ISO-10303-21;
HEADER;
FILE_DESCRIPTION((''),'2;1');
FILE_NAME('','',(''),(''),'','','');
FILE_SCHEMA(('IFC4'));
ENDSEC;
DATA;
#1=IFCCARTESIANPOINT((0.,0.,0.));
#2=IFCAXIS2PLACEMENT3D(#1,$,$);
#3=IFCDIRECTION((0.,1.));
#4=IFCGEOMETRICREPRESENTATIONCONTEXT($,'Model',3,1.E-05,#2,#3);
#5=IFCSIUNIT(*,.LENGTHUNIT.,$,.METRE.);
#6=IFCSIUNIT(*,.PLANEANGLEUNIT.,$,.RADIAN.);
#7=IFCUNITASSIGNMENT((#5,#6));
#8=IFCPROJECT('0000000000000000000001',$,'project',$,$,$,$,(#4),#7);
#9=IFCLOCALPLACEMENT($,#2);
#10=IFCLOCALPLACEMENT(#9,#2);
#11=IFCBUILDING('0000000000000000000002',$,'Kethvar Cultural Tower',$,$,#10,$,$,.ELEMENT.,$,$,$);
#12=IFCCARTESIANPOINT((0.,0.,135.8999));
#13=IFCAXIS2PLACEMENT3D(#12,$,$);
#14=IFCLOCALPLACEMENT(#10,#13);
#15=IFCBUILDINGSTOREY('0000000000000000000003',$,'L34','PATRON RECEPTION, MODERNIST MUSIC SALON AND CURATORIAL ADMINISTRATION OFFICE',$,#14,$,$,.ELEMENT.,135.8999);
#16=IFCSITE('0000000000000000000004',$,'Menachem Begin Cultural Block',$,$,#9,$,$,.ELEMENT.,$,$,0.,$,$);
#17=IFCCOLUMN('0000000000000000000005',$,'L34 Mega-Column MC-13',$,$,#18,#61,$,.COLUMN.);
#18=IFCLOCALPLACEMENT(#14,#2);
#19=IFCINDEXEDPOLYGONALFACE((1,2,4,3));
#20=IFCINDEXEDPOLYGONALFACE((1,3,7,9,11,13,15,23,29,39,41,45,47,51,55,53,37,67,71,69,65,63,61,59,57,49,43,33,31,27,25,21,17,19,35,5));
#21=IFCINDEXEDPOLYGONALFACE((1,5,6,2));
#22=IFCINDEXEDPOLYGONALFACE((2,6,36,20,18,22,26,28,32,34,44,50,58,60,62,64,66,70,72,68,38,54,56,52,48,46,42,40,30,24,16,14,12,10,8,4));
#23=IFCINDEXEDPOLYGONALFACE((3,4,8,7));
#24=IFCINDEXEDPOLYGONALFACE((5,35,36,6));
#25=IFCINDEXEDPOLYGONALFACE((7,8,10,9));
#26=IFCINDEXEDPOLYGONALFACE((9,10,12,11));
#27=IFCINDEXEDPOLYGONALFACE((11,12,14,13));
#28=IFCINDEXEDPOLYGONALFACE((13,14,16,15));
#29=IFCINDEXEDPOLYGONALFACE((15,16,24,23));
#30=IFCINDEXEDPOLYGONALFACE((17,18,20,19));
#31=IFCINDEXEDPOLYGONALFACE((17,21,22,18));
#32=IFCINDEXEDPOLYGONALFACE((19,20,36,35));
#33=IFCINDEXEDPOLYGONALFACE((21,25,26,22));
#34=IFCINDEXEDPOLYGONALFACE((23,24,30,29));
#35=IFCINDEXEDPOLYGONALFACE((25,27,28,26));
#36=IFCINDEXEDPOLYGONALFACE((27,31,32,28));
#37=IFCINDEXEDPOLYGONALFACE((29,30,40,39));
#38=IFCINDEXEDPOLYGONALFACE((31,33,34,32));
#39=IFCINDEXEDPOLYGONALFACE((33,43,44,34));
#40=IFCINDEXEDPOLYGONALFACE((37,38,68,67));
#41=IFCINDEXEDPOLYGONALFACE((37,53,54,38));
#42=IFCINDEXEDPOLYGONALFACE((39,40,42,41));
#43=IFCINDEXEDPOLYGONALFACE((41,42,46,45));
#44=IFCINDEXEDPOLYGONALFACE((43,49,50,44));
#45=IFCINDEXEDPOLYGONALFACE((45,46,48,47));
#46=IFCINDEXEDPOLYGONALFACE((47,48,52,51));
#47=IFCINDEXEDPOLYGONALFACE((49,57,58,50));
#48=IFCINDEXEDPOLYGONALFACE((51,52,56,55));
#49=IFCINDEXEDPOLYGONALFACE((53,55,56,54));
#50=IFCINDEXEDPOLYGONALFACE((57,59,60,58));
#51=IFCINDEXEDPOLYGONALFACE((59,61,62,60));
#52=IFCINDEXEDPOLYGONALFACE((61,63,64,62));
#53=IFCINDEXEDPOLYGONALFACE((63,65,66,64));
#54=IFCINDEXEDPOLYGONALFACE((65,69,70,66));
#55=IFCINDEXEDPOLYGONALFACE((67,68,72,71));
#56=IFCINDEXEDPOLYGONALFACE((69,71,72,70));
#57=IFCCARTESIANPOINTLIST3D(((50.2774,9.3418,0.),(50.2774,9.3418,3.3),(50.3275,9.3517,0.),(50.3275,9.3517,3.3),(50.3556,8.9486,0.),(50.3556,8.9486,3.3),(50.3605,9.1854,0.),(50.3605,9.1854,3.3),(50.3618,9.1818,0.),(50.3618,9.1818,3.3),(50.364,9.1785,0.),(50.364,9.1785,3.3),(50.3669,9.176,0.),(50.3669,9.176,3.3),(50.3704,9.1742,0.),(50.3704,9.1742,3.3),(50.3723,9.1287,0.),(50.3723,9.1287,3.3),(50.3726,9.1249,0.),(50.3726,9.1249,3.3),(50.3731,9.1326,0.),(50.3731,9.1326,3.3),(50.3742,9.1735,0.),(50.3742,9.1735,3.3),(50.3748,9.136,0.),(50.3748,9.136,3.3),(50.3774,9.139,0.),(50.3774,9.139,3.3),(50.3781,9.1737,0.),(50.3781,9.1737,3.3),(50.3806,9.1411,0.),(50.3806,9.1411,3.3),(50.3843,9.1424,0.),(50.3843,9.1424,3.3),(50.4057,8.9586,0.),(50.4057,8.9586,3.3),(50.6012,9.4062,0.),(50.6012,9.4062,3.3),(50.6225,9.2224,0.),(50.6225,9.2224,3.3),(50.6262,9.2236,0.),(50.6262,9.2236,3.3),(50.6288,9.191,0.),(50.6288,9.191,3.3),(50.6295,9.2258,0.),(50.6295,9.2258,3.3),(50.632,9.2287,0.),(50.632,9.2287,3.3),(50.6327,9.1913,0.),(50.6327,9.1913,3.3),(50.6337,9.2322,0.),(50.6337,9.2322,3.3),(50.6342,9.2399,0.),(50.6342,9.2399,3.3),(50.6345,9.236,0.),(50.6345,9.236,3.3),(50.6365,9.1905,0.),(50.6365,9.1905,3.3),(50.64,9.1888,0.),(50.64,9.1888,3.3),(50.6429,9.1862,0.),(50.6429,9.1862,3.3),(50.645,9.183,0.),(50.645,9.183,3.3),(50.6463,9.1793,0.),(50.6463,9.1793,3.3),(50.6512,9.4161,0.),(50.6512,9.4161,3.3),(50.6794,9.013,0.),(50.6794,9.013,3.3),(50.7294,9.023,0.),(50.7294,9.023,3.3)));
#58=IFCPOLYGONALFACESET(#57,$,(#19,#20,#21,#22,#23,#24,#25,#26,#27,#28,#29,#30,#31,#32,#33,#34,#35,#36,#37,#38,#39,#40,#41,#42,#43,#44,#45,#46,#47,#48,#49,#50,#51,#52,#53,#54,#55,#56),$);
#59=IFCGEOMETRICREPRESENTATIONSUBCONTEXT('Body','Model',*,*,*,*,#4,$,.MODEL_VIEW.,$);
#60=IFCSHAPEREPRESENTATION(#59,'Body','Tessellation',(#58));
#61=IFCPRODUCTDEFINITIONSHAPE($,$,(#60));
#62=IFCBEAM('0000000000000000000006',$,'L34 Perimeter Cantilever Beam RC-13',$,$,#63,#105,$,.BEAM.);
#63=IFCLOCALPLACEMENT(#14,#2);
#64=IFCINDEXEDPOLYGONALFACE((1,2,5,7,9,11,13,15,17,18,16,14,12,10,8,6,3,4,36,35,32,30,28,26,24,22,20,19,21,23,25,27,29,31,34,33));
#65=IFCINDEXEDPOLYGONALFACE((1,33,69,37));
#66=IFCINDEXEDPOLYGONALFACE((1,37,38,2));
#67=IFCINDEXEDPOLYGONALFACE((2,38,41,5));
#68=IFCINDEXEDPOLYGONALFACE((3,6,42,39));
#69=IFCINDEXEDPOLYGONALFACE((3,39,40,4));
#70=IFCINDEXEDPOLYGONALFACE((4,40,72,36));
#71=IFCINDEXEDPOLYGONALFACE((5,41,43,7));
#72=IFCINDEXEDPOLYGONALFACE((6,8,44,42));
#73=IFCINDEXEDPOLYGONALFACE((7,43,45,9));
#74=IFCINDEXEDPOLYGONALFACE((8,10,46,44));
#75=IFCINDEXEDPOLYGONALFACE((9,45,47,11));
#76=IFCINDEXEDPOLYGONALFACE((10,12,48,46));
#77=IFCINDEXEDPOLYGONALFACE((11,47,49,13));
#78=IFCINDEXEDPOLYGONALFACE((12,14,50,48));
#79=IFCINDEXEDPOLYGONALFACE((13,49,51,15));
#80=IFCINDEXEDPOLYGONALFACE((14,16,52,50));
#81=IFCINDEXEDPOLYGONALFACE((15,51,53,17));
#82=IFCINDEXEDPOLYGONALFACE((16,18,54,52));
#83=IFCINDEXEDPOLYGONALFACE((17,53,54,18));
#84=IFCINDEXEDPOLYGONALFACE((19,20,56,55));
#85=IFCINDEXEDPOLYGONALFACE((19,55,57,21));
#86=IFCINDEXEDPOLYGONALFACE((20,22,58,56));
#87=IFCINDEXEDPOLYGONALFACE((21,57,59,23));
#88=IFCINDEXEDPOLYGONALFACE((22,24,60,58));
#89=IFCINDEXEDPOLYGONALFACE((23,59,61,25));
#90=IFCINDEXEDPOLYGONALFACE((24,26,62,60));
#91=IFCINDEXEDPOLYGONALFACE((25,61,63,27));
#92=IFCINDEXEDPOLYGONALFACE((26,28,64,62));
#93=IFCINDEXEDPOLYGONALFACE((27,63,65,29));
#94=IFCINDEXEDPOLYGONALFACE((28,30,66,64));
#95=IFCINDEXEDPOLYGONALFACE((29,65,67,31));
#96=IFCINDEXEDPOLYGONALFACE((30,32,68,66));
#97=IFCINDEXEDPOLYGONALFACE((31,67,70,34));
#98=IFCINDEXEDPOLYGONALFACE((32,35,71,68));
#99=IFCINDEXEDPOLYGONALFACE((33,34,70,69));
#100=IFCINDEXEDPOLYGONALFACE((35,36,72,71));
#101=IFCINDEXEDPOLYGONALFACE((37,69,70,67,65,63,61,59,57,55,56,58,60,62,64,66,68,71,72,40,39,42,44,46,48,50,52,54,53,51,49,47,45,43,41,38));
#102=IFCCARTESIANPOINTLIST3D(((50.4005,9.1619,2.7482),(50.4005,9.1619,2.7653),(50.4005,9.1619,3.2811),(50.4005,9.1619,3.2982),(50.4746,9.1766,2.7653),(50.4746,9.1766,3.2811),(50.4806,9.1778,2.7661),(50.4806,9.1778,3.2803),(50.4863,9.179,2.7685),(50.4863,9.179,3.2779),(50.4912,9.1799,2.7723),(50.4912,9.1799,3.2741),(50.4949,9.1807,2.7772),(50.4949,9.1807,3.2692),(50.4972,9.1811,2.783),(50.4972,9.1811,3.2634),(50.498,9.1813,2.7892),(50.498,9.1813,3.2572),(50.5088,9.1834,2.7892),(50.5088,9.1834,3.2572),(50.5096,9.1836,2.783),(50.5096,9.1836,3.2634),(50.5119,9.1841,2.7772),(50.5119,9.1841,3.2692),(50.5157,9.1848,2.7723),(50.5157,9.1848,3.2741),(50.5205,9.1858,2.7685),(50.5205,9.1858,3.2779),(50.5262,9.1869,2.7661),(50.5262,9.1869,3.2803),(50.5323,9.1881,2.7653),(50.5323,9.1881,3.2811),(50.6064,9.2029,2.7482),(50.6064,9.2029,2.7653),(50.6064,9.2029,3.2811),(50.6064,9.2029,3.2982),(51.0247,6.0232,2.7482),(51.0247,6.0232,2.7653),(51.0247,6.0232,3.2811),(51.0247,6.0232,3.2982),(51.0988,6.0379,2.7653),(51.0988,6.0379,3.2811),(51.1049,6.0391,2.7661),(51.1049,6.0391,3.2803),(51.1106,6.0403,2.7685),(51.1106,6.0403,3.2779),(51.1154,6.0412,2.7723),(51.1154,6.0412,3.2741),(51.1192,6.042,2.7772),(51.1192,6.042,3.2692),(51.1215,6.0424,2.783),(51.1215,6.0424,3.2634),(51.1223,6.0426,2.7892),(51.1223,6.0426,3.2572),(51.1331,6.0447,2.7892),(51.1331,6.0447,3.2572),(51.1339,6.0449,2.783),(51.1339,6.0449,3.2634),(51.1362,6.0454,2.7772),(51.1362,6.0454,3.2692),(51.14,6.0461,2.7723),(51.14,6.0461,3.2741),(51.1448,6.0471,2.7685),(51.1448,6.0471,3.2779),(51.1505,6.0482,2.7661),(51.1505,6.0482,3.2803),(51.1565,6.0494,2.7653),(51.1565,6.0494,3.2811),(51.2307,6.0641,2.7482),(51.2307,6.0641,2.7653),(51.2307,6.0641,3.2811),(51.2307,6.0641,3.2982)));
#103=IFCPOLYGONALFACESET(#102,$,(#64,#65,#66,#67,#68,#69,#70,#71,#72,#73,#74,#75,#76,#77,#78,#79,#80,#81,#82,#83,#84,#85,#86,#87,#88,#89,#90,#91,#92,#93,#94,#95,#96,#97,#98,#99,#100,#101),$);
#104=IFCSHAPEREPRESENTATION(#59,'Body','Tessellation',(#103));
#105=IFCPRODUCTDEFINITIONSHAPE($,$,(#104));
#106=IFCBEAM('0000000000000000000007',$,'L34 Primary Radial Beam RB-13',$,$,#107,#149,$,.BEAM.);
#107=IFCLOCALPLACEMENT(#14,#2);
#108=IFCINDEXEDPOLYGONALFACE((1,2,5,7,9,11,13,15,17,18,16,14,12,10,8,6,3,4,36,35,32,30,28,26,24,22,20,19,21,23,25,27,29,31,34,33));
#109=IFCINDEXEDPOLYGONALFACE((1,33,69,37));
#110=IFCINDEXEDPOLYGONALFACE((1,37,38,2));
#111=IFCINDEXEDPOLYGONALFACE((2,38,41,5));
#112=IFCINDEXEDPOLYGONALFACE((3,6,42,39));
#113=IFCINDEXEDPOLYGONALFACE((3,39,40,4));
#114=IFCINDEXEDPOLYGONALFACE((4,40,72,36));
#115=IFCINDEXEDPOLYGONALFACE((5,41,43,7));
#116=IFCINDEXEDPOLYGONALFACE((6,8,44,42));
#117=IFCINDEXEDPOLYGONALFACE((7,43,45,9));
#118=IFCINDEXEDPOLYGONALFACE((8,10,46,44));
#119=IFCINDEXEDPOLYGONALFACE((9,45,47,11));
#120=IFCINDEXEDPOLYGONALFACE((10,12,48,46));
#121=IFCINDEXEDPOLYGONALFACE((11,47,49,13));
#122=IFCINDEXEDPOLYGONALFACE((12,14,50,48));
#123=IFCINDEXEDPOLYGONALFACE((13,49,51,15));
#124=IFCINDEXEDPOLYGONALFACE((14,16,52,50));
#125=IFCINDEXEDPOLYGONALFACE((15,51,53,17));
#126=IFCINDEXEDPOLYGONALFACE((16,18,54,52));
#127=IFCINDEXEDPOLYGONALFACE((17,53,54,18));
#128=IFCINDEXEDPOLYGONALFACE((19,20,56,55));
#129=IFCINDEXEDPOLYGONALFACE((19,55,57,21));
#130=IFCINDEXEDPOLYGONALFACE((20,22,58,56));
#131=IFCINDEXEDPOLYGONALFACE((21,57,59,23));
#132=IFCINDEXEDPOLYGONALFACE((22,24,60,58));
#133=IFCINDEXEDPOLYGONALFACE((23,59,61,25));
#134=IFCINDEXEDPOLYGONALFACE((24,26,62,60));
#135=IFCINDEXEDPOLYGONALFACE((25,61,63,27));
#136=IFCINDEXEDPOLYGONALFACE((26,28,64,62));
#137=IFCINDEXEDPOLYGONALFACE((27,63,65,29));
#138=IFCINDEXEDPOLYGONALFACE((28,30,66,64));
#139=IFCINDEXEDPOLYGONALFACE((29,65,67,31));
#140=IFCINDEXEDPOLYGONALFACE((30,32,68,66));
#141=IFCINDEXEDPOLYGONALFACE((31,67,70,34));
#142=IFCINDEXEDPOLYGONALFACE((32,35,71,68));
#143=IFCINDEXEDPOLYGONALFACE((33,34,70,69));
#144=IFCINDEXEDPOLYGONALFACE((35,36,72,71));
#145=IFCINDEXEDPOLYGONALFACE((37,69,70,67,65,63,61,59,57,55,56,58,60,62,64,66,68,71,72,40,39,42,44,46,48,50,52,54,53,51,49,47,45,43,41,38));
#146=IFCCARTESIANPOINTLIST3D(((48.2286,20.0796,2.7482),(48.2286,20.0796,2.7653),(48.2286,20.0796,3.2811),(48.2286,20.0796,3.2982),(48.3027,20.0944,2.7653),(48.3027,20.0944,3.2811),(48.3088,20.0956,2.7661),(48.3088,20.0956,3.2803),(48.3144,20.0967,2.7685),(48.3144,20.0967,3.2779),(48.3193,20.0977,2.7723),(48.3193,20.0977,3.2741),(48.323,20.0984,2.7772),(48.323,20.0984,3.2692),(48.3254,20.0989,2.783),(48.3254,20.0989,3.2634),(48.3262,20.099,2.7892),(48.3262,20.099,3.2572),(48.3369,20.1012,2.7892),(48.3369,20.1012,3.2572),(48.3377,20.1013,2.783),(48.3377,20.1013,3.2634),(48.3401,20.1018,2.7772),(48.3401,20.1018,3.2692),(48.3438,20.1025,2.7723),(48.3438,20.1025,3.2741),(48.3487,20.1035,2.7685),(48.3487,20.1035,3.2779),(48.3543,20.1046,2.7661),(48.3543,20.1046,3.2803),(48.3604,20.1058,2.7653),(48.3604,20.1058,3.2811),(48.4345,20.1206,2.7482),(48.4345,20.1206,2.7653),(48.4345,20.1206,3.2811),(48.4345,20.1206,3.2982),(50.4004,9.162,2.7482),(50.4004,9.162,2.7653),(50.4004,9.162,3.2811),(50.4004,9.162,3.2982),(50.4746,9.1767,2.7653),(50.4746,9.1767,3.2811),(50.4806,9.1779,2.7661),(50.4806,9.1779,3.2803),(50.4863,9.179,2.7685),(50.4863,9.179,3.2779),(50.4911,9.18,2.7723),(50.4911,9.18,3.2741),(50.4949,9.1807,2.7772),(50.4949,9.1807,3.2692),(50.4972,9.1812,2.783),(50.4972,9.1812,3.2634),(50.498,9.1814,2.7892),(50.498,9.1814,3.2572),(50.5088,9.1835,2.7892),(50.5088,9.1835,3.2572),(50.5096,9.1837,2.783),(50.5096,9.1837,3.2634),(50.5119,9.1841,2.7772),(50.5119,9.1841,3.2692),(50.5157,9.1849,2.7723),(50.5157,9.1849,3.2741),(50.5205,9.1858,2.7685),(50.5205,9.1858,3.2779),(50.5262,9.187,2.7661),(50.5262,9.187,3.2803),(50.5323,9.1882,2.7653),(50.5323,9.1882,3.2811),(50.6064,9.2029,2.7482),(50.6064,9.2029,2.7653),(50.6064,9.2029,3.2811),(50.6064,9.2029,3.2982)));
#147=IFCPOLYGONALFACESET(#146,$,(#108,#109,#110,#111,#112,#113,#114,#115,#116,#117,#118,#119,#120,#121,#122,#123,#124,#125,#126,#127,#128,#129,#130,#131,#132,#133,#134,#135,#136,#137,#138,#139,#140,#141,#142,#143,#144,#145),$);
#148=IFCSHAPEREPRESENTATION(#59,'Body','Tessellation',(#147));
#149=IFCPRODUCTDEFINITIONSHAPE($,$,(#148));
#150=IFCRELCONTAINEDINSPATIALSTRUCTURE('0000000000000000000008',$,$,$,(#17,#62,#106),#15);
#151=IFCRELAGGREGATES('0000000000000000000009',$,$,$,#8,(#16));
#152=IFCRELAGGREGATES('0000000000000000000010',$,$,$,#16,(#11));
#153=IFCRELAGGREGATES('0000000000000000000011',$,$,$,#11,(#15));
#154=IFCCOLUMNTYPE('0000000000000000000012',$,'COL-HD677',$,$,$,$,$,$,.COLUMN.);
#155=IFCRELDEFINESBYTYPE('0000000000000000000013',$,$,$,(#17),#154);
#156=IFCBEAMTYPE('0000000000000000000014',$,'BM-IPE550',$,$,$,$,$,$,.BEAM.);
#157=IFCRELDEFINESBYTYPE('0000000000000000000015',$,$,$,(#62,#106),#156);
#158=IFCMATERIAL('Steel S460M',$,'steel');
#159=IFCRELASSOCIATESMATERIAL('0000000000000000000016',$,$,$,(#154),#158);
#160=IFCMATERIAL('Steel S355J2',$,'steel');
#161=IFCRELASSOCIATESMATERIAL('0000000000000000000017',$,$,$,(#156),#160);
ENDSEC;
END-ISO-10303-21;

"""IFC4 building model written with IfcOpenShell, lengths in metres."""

from ifc_helpers import new_model, si_unit, direction, frame, origin, origin_2d, place, context, subcontext, project, spatial, i_section, extrude, source, transform, mapped, material, material_profile, profile_set, type_object, element, save


model = new_model("IFC4")

# Units and contexts
model_context = context("Model", 3, precision=1e-05, world=origin(), true_north=direction((0.0, 1.0)))
body_context = subcontext(model_context, "Body", "Model", "MODEL_VIEW")
ifc_project = project(units=[si_unit("LENGTHUNIT", "METRE"), si_unit("PLANEANGLEUNIT", "RADIAN")], contexts=[model_context])

# Site, building, storey
site_placement = place(None, origin())
site = spatial("IfcSite", under=ifc_project, at=site_placement, Name="Menachem Begin Cultural Block", CompositionType="ELEMENT", RefElevation=0.0)
building_placement = place(site_placement, origin())
building = spatial("IfcBuilding", under=site, at=building_placement, Name="Kethvar Cultural Tower", CompositionType="ELEMENT")
storey_placement = place(building_placement, frame((0.0, 0.0, 135.8999)))
storey = spatial("IfcBuildingStorey", under=building, at=storey_placement, Name="L34", Description="PATRON RECEPTION, MODERNIST MUSIC SALON AND CURATORIAL ADMINISTRATION OFFICE", CompositionType="ELEMENT", Elevation=135.8999)

# Column
ifc_material_1 = material(Name="Steel S460M", Category="steel")
ifc_material_profile_1 = material_profile(ifc_material_1, i_section(OverallWidth=0.4009, OverallDepth=0.3811, WebThickness=0.032, FlangeThickness=0.051, FilletRadius=0.0149, at=origin_2d()), Name="Steel S460M — HD400x677")
ifc_profile_set_1 = profile_set([ifc_material_profile_1], Name="Steel S460M — HD400x677")
column_type = type_object("IfcColumnType", Name="COL-HD677", PredefinedType="COLUMN", material=ifc_profile_set_1)
shared_shape_1 = source(origin(), body_context, "Body", "SweptSolid", [
    extrude(i_section(OverallWidth=0.4009, OverallDepth=0.3811, WebThickness=0.032, FlangeThickness=0.051, FilletRadius=0.0149, at=origin_2d()), origin(), (0.0, 0.0, 1.0), 3.3),
])
column_placement = place(storey_placement, frame((50.5034, 9.1824, 0.0), z_axis=(0.0, 0.0, 1.0), x_axis=(0.19509, -0.980785, 0.0)))
element("IfcColumn", 1, at=column_placement, inside=storey, type_object=column_type, Name="L34 Mega-Column MC-13", PredefinedType="COLUMN", context=body_context, shape_type="MappedRepresentation", body=[
    mapped(shared_shape_1, transform((0.0, 0.0, 0.0), scale=1.0)),
])

# Beams
ifc_material_2 = material(Name="Steel S355J2", Category="steel")
ifc_material_profile_2 = material_profile(ifc_material_2, i_section(OverallWidth=0.21, OverallDepth=0.55, WebThickness=0.011, FlangeThickness=0.0171, FilletRadius=0.0239, at=origin_2d()), Name="Steel S355J2 — IPE550")
ifc_profile_set_2 = profile_set([ifc_material_profile_2], Name="Steel S355J2 — IPE550")
beam_type_1 = type_object("IfcBeamType", Name="BM-IPE550", PredefinedType="BEAM", material=ifc_profile_set_2)
shared_shape_2 = source(origin(), body_context, "Body", "SweptSolid", [
    extrude(i_section(OverallWidth=0.21, OverallDepth=0.55, WebThickness=0.011, FlangeThickness=0.0171, FilletRadius=0.0239, at=origin_2d()), origin(), (0.0, 0.0, 1.0), 3.2002),
])
beam_1_placement = place(storey_placement, frame((50.5034, 9.1824, 3.0232), z_axis=(0.195074, -0.980788, 0.0), x_axis=(0.980788, 0.195074, 0.0)))
element("IfcBeam", 2, at=beam_1_placement, inside=storey, type_object=beam_type_1, Name="L34 Perimeter Cantilever Beam RC-13", PredefinedType="BEAM", context=body_context, shape_type="MappedRepresentation", body=[
    mapped(shared_shape_2, transform((0.0, 0.0, 0.0), scale=1.0)),
])
shared_shape_3 = source(origin(), body_context, "Body", "SweptSolid", [
    extrude(i_section(OverallWidth=0.21, OverallDepth=0.55, WebThickness=0.011, FlangeThickness=0.0171, FilletRadius=0.0239, at=origin_2d()), origin(), (0.0, 0.0, 1.0), 11.1316),
])
beam_2_placement = place(storey_placement, frame((48.3315, 20.1001, 3.0232), z_axis=(0.195108, -0.980782, 0.0), x_axis=(0.980782, 0.195108, 0.0)))
element("IfcBeam", 3, at=beam_2_placement, inside=storey, type_object=beam_type_1, Name="L34 Primary Radial Beam RB-13", PredefinedType="BEAM", context=body_context, shape_type="MappedRepresentation", body=[
    mapped(shared_shape_3, transform((0.0, 0.0, 0.0), scale=1.0)),
])

save(model, "model.ifc")
